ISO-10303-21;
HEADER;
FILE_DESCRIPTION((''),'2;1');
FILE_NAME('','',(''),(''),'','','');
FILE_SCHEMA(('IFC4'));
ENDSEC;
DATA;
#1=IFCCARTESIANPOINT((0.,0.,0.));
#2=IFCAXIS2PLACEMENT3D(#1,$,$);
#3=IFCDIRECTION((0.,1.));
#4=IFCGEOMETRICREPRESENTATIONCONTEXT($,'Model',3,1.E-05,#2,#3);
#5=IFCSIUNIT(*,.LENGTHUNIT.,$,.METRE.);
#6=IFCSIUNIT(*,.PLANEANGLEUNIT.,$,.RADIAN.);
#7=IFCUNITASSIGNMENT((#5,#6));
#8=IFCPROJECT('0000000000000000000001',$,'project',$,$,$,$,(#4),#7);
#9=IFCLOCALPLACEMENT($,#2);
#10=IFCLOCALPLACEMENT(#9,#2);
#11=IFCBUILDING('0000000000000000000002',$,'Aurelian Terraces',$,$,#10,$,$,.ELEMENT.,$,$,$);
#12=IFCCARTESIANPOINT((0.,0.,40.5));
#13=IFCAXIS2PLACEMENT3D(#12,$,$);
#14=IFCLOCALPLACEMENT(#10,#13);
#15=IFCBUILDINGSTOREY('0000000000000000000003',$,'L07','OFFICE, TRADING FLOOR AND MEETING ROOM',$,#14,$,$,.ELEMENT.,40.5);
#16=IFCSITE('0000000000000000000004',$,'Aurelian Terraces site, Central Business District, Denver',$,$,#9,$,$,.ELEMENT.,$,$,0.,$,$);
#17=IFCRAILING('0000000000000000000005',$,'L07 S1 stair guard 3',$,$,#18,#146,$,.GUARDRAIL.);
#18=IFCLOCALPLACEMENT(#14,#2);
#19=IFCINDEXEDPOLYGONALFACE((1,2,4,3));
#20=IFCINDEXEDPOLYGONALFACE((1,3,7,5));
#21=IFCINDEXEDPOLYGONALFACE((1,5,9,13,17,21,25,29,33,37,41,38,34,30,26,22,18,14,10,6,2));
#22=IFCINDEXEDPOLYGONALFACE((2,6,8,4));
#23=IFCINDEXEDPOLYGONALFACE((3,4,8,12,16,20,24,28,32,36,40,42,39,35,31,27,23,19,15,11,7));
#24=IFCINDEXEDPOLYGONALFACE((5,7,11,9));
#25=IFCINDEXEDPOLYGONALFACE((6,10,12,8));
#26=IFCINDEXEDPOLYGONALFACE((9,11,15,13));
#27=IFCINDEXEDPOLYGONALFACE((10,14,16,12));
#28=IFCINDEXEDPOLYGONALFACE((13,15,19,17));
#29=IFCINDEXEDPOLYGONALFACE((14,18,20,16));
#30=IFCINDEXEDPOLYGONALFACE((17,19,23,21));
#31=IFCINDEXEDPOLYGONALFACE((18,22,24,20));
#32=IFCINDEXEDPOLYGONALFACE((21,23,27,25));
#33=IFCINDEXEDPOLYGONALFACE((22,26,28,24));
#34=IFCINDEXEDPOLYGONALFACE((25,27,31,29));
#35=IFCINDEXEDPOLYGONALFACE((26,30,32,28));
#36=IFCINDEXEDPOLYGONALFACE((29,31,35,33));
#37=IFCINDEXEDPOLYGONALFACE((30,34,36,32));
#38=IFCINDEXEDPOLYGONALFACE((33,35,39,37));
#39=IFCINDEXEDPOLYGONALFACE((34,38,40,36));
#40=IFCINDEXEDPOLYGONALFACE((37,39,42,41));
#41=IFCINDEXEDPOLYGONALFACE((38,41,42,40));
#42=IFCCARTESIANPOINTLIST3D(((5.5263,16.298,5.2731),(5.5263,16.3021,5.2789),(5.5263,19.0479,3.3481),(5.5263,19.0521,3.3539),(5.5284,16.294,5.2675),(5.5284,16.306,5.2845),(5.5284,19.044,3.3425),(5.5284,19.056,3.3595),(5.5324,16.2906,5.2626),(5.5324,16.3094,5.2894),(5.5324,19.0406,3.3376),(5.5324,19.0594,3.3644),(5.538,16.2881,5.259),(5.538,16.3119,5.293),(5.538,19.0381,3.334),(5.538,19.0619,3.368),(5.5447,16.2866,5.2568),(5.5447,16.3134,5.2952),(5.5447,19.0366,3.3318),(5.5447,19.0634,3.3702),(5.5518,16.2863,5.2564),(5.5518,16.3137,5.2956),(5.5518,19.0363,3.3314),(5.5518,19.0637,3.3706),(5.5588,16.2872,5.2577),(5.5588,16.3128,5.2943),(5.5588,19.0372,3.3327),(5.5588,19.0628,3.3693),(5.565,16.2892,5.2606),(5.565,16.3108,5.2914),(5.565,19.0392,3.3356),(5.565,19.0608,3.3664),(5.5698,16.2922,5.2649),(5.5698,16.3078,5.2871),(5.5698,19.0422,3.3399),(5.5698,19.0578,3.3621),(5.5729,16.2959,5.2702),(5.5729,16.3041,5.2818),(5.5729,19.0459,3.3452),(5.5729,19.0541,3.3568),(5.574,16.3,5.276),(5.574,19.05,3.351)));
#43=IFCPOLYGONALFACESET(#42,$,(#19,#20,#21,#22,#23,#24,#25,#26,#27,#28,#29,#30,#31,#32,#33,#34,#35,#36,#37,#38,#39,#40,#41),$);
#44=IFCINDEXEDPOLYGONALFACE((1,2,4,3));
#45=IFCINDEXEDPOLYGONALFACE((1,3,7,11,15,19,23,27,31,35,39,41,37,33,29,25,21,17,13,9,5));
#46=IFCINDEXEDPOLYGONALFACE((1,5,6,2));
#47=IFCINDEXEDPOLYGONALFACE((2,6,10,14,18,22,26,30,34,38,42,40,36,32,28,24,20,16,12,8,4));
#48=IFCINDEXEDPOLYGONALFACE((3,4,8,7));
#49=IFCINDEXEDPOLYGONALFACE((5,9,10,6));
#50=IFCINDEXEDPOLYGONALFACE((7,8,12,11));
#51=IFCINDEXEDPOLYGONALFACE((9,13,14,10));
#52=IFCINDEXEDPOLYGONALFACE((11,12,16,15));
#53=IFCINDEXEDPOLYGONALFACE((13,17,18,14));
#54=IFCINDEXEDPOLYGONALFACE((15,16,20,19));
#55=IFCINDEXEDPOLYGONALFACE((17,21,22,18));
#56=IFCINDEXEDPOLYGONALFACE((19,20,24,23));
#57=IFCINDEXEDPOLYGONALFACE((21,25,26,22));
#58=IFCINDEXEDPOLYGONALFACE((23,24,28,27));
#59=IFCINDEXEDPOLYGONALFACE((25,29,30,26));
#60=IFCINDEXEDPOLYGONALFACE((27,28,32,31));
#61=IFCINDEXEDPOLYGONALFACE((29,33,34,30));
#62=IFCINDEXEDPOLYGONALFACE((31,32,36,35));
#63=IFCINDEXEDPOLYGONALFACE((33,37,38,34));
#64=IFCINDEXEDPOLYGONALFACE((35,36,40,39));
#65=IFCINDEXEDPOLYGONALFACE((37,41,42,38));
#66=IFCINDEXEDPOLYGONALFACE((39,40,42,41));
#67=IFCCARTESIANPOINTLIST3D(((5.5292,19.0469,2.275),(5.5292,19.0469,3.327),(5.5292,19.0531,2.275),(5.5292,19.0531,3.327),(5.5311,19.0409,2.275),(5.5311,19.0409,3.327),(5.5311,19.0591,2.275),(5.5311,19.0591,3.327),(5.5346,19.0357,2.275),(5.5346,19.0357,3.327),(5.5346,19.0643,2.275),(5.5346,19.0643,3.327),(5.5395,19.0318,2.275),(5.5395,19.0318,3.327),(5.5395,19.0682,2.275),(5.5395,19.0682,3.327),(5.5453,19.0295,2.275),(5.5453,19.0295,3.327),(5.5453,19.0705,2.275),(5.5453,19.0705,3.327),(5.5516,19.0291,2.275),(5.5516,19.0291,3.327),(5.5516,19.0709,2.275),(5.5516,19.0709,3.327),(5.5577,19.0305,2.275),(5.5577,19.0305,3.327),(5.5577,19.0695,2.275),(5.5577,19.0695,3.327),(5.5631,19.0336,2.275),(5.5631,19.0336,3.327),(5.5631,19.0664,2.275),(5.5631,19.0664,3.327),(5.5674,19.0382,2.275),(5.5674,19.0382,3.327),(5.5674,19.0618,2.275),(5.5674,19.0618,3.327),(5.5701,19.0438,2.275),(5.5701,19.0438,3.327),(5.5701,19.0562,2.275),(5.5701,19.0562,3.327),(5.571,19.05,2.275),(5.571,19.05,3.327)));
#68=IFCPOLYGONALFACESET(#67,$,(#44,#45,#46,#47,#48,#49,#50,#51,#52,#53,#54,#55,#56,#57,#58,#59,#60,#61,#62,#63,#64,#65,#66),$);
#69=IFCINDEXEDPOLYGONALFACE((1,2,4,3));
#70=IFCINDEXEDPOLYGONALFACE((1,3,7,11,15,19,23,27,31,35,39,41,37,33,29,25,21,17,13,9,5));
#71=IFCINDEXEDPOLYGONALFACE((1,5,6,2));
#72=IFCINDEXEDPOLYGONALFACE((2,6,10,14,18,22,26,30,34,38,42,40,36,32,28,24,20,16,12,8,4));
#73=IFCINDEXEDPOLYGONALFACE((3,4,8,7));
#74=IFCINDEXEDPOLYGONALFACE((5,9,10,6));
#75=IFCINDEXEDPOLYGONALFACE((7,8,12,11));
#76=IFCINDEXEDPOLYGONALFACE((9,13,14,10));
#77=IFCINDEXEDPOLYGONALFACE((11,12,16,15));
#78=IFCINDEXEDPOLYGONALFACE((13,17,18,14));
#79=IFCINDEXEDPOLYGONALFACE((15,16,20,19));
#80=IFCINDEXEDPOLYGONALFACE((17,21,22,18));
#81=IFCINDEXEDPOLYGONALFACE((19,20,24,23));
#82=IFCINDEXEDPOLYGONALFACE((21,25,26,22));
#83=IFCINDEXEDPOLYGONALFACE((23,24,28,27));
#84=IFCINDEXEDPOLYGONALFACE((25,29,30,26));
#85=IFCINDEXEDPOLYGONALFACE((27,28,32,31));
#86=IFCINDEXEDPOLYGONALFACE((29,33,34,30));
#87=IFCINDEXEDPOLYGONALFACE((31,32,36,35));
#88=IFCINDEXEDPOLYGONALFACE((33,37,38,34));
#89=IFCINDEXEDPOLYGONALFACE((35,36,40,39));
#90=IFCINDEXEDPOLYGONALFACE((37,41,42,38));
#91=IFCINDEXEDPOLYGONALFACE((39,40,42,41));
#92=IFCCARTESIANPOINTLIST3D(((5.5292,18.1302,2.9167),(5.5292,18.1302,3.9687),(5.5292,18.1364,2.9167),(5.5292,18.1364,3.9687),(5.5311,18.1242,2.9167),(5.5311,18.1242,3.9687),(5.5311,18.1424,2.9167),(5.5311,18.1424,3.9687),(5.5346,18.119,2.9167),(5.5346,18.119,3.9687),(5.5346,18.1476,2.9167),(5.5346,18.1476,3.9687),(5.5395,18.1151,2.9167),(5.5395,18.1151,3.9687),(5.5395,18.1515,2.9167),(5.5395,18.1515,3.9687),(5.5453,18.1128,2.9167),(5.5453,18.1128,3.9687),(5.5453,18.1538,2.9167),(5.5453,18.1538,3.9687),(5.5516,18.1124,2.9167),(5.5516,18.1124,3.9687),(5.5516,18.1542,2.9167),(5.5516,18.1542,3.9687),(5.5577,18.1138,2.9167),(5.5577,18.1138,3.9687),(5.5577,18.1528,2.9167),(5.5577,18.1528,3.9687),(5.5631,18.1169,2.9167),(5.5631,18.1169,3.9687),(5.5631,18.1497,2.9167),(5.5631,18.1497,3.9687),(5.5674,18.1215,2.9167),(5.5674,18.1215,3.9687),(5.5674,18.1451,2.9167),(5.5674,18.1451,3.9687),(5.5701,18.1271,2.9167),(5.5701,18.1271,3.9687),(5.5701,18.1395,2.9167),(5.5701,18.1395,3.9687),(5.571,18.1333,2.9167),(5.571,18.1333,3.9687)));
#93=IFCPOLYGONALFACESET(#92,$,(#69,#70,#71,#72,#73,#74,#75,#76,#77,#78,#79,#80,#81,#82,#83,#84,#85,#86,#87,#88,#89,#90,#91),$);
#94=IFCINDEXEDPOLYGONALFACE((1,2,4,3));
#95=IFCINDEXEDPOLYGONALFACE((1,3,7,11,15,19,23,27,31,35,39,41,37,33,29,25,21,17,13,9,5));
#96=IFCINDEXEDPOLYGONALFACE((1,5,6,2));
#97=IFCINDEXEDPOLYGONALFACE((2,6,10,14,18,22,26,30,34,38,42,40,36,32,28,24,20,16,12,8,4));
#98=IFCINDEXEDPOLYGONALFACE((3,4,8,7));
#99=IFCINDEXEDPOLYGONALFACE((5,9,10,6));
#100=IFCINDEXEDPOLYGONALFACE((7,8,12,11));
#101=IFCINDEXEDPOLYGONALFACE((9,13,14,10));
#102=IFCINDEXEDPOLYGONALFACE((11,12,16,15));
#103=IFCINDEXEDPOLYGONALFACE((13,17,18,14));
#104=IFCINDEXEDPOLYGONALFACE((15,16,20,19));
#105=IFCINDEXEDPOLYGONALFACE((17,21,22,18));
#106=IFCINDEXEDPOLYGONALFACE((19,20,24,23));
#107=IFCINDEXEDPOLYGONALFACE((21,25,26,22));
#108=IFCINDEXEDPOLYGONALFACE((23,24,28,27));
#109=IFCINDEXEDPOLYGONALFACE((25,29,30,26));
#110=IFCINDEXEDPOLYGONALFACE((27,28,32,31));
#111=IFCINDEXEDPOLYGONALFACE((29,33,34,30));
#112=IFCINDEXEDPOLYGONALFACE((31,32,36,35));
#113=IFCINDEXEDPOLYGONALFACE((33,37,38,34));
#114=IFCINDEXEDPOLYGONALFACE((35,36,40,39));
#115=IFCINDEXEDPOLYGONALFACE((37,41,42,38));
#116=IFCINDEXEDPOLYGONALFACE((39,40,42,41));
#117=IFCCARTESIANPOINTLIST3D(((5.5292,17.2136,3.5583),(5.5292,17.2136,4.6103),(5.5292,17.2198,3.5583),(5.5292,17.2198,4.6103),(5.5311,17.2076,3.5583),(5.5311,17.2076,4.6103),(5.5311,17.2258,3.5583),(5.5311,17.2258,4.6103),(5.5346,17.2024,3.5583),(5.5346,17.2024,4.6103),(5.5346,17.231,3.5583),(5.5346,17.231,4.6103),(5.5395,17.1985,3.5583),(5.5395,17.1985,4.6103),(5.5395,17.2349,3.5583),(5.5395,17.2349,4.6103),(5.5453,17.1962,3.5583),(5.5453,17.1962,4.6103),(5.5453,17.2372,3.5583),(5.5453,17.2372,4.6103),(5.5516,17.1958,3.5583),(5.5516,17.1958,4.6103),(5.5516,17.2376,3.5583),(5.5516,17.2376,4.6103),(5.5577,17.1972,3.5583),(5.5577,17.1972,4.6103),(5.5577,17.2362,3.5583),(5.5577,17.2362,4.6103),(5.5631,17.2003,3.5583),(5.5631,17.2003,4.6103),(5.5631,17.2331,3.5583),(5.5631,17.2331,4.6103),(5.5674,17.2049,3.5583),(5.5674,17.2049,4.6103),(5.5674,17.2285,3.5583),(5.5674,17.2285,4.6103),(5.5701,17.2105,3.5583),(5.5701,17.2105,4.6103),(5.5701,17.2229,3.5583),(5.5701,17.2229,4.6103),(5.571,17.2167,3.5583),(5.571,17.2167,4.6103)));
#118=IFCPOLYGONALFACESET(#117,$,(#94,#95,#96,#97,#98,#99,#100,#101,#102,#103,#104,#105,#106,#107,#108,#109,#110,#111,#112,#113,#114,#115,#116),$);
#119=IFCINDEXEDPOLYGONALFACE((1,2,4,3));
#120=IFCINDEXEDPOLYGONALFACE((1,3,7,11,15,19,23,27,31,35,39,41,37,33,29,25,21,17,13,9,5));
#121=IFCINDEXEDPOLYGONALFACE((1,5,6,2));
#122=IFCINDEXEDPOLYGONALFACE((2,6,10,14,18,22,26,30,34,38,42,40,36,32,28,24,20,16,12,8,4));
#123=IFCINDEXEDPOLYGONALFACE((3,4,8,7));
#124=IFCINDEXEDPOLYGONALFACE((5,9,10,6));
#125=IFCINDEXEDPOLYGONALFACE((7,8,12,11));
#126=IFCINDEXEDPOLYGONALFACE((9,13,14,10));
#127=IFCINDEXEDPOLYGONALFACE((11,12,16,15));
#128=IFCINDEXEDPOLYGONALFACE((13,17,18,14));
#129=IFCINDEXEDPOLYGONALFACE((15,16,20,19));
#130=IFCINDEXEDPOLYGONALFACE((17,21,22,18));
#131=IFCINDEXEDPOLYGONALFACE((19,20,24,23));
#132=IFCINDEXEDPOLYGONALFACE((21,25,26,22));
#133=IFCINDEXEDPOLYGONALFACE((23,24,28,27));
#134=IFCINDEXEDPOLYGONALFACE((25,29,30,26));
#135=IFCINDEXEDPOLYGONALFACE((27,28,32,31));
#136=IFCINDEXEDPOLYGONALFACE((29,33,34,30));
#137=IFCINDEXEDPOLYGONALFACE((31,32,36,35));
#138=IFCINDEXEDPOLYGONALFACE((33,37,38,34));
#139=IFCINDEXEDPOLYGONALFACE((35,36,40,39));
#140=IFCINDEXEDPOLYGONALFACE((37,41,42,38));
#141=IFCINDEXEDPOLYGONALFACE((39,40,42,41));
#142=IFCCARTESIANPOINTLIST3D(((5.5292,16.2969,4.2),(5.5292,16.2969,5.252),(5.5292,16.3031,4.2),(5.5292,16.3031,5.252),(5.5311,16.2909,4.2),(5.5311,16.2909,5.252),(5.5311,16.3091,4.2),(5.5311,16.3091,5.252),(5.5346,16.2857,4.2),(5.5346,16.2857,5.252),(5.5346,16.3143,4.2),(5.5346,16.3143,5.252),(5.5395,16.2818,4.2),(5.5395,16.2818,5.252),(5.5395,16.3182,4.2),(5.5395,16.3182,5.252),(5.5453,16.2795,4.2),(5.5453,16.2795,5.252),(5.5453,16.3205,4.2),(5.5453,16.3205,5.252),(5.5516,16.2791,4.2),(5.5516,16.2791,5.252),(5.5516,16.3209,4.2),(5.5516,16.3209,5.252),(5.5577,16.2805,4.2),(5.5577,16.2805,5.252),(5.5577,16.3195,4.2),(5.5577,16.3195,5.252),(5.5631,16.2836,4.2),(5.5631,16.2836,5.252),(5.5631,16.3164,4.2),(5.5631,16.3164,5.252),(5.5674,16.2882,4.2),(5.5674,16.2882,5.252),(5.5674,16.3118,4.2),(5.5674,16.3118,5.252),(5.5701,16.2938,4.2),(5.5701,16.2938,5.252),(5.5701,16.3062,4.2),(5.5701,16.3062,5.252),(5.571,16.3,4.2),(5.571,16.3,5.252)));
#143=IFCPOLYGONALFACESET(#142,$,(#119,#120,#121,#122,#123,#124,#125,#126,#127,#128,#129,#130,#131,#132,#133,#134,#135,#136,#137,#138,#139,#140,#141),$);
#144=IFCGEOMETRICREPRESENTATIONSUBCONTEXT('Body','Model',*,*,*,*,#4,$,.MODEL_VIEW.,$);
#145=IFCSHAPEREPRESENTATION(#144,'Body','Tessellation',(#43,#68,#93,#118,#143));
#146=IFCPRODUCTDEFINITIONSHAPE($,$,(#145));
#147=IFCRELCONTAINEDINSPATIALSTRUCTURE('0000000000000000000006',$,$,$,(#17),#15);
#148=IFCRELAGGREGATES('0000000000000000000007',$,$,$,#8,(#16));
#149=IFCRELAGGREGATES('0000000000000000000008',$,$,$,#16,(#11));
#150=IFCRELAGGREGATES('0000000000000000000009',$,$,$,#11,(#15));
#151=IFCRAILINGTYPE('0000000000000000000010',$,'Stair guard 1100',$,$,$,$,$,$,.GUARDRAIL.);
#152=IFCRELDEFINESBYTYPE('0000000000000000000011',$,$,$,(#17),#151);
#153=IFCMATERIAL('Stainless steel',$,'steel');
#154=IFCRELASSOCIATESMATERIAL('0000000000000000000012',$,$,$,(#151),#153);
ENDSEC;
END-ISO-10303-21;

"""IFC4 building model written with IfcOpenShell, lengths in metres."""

from ifc_helpers import new_model, si_unit, direction, frame, origin, origin_2d, place, context, subcontext, project, spatial, circle, extrude, material, type_object, element, save


model = new_model("IFC4")

# Units and contexts
model_context = context("Model", 3, precision=1e-05, world=origin(), true_north=direction((0.0, 1.0)))
body_context = subcontext(model_context, "Body", "Model", "MODEL_VIEW")
ifc_project = project(units=[si_unit("LENGTHUNIT", "METRE"), si_unit("PLANEANGLEUNIT", "RADIAN")], contexts=[model_context])

# Site, building, storey
site_placement = place(None, origin())
site = spatial("IfcSite", under=ifc_project, at=site_placement, Name="Aurelian Terraces site, Central Business District, Denver", CompositionType="ELEMENT", RefElevation=0.0)
building_placement = place(site_placement, origin())
building = spatial("IfcBuilding", under=site, at=building_placement, Name="Aurelian Terraces", CompositionType="ELEMENT")
storey_placement = place(building_placement, frame((0.0, 0.0, 40.5)))
storey = spatial("IfcBuildingStorey", under=building, at=storey_placement, Name="L07", Description="OFFICE, TRADING FLOOR AND MEETING ROOM", CompositionType="ELEMENT", Elevation=40.5)

# Railing
ifc_material_1 = material(Name="Stainless steel", Category="steel")
railing_type_1 = type_object("IfcRailingType", Name="Stair guard 1100", PredefinedType="GUARDRAIL", material=ifc_material_1)
railing_1_placement = place(storey_placement, frame((5.55, 19.05, 2.275)))
element("IfcRailing", 1, at=railing_1_placement, inside=storey, type_object=railing_type_1, Name="L07 S1 stair guard 3", PredefinedType="GUARDRAIL", context=body_context, shape_type="SweptSolid", body=[
    extrude(circle(Radius=0.024, at=origin_2d()), frame((0.0, 0.0, 1.076), z_axis=(0.0, -0.819232, 0.573462), x_axis=(1.0, 0.0, 0.0)), (0.0, 0.0, 1.0), 3.3568),
    extrude(circle(Radius=0.021, at=origin_2d()), origin(), (0.0, 0.0, 1.0), 1.052),
    extrude(circle(Radius=0.021, at=origin_2d()), frame((0.0, -0.9167, 0.6417)), (0.0, 0.0, 1.0), 1.052),
    extrude(circle(Radius=0.021, at=origin_2d()), frame((0.0, -1.8333, 1.2833)), (0.0, 0.0, 1.0), 1.052),
    extrude(circle(Radius=0.021, at=origin_2d()), frame((0.0, -2.75, 1.925)), (0.0, 0.0, 1.0), 1.052),
])

save(model, "model.ifc")
